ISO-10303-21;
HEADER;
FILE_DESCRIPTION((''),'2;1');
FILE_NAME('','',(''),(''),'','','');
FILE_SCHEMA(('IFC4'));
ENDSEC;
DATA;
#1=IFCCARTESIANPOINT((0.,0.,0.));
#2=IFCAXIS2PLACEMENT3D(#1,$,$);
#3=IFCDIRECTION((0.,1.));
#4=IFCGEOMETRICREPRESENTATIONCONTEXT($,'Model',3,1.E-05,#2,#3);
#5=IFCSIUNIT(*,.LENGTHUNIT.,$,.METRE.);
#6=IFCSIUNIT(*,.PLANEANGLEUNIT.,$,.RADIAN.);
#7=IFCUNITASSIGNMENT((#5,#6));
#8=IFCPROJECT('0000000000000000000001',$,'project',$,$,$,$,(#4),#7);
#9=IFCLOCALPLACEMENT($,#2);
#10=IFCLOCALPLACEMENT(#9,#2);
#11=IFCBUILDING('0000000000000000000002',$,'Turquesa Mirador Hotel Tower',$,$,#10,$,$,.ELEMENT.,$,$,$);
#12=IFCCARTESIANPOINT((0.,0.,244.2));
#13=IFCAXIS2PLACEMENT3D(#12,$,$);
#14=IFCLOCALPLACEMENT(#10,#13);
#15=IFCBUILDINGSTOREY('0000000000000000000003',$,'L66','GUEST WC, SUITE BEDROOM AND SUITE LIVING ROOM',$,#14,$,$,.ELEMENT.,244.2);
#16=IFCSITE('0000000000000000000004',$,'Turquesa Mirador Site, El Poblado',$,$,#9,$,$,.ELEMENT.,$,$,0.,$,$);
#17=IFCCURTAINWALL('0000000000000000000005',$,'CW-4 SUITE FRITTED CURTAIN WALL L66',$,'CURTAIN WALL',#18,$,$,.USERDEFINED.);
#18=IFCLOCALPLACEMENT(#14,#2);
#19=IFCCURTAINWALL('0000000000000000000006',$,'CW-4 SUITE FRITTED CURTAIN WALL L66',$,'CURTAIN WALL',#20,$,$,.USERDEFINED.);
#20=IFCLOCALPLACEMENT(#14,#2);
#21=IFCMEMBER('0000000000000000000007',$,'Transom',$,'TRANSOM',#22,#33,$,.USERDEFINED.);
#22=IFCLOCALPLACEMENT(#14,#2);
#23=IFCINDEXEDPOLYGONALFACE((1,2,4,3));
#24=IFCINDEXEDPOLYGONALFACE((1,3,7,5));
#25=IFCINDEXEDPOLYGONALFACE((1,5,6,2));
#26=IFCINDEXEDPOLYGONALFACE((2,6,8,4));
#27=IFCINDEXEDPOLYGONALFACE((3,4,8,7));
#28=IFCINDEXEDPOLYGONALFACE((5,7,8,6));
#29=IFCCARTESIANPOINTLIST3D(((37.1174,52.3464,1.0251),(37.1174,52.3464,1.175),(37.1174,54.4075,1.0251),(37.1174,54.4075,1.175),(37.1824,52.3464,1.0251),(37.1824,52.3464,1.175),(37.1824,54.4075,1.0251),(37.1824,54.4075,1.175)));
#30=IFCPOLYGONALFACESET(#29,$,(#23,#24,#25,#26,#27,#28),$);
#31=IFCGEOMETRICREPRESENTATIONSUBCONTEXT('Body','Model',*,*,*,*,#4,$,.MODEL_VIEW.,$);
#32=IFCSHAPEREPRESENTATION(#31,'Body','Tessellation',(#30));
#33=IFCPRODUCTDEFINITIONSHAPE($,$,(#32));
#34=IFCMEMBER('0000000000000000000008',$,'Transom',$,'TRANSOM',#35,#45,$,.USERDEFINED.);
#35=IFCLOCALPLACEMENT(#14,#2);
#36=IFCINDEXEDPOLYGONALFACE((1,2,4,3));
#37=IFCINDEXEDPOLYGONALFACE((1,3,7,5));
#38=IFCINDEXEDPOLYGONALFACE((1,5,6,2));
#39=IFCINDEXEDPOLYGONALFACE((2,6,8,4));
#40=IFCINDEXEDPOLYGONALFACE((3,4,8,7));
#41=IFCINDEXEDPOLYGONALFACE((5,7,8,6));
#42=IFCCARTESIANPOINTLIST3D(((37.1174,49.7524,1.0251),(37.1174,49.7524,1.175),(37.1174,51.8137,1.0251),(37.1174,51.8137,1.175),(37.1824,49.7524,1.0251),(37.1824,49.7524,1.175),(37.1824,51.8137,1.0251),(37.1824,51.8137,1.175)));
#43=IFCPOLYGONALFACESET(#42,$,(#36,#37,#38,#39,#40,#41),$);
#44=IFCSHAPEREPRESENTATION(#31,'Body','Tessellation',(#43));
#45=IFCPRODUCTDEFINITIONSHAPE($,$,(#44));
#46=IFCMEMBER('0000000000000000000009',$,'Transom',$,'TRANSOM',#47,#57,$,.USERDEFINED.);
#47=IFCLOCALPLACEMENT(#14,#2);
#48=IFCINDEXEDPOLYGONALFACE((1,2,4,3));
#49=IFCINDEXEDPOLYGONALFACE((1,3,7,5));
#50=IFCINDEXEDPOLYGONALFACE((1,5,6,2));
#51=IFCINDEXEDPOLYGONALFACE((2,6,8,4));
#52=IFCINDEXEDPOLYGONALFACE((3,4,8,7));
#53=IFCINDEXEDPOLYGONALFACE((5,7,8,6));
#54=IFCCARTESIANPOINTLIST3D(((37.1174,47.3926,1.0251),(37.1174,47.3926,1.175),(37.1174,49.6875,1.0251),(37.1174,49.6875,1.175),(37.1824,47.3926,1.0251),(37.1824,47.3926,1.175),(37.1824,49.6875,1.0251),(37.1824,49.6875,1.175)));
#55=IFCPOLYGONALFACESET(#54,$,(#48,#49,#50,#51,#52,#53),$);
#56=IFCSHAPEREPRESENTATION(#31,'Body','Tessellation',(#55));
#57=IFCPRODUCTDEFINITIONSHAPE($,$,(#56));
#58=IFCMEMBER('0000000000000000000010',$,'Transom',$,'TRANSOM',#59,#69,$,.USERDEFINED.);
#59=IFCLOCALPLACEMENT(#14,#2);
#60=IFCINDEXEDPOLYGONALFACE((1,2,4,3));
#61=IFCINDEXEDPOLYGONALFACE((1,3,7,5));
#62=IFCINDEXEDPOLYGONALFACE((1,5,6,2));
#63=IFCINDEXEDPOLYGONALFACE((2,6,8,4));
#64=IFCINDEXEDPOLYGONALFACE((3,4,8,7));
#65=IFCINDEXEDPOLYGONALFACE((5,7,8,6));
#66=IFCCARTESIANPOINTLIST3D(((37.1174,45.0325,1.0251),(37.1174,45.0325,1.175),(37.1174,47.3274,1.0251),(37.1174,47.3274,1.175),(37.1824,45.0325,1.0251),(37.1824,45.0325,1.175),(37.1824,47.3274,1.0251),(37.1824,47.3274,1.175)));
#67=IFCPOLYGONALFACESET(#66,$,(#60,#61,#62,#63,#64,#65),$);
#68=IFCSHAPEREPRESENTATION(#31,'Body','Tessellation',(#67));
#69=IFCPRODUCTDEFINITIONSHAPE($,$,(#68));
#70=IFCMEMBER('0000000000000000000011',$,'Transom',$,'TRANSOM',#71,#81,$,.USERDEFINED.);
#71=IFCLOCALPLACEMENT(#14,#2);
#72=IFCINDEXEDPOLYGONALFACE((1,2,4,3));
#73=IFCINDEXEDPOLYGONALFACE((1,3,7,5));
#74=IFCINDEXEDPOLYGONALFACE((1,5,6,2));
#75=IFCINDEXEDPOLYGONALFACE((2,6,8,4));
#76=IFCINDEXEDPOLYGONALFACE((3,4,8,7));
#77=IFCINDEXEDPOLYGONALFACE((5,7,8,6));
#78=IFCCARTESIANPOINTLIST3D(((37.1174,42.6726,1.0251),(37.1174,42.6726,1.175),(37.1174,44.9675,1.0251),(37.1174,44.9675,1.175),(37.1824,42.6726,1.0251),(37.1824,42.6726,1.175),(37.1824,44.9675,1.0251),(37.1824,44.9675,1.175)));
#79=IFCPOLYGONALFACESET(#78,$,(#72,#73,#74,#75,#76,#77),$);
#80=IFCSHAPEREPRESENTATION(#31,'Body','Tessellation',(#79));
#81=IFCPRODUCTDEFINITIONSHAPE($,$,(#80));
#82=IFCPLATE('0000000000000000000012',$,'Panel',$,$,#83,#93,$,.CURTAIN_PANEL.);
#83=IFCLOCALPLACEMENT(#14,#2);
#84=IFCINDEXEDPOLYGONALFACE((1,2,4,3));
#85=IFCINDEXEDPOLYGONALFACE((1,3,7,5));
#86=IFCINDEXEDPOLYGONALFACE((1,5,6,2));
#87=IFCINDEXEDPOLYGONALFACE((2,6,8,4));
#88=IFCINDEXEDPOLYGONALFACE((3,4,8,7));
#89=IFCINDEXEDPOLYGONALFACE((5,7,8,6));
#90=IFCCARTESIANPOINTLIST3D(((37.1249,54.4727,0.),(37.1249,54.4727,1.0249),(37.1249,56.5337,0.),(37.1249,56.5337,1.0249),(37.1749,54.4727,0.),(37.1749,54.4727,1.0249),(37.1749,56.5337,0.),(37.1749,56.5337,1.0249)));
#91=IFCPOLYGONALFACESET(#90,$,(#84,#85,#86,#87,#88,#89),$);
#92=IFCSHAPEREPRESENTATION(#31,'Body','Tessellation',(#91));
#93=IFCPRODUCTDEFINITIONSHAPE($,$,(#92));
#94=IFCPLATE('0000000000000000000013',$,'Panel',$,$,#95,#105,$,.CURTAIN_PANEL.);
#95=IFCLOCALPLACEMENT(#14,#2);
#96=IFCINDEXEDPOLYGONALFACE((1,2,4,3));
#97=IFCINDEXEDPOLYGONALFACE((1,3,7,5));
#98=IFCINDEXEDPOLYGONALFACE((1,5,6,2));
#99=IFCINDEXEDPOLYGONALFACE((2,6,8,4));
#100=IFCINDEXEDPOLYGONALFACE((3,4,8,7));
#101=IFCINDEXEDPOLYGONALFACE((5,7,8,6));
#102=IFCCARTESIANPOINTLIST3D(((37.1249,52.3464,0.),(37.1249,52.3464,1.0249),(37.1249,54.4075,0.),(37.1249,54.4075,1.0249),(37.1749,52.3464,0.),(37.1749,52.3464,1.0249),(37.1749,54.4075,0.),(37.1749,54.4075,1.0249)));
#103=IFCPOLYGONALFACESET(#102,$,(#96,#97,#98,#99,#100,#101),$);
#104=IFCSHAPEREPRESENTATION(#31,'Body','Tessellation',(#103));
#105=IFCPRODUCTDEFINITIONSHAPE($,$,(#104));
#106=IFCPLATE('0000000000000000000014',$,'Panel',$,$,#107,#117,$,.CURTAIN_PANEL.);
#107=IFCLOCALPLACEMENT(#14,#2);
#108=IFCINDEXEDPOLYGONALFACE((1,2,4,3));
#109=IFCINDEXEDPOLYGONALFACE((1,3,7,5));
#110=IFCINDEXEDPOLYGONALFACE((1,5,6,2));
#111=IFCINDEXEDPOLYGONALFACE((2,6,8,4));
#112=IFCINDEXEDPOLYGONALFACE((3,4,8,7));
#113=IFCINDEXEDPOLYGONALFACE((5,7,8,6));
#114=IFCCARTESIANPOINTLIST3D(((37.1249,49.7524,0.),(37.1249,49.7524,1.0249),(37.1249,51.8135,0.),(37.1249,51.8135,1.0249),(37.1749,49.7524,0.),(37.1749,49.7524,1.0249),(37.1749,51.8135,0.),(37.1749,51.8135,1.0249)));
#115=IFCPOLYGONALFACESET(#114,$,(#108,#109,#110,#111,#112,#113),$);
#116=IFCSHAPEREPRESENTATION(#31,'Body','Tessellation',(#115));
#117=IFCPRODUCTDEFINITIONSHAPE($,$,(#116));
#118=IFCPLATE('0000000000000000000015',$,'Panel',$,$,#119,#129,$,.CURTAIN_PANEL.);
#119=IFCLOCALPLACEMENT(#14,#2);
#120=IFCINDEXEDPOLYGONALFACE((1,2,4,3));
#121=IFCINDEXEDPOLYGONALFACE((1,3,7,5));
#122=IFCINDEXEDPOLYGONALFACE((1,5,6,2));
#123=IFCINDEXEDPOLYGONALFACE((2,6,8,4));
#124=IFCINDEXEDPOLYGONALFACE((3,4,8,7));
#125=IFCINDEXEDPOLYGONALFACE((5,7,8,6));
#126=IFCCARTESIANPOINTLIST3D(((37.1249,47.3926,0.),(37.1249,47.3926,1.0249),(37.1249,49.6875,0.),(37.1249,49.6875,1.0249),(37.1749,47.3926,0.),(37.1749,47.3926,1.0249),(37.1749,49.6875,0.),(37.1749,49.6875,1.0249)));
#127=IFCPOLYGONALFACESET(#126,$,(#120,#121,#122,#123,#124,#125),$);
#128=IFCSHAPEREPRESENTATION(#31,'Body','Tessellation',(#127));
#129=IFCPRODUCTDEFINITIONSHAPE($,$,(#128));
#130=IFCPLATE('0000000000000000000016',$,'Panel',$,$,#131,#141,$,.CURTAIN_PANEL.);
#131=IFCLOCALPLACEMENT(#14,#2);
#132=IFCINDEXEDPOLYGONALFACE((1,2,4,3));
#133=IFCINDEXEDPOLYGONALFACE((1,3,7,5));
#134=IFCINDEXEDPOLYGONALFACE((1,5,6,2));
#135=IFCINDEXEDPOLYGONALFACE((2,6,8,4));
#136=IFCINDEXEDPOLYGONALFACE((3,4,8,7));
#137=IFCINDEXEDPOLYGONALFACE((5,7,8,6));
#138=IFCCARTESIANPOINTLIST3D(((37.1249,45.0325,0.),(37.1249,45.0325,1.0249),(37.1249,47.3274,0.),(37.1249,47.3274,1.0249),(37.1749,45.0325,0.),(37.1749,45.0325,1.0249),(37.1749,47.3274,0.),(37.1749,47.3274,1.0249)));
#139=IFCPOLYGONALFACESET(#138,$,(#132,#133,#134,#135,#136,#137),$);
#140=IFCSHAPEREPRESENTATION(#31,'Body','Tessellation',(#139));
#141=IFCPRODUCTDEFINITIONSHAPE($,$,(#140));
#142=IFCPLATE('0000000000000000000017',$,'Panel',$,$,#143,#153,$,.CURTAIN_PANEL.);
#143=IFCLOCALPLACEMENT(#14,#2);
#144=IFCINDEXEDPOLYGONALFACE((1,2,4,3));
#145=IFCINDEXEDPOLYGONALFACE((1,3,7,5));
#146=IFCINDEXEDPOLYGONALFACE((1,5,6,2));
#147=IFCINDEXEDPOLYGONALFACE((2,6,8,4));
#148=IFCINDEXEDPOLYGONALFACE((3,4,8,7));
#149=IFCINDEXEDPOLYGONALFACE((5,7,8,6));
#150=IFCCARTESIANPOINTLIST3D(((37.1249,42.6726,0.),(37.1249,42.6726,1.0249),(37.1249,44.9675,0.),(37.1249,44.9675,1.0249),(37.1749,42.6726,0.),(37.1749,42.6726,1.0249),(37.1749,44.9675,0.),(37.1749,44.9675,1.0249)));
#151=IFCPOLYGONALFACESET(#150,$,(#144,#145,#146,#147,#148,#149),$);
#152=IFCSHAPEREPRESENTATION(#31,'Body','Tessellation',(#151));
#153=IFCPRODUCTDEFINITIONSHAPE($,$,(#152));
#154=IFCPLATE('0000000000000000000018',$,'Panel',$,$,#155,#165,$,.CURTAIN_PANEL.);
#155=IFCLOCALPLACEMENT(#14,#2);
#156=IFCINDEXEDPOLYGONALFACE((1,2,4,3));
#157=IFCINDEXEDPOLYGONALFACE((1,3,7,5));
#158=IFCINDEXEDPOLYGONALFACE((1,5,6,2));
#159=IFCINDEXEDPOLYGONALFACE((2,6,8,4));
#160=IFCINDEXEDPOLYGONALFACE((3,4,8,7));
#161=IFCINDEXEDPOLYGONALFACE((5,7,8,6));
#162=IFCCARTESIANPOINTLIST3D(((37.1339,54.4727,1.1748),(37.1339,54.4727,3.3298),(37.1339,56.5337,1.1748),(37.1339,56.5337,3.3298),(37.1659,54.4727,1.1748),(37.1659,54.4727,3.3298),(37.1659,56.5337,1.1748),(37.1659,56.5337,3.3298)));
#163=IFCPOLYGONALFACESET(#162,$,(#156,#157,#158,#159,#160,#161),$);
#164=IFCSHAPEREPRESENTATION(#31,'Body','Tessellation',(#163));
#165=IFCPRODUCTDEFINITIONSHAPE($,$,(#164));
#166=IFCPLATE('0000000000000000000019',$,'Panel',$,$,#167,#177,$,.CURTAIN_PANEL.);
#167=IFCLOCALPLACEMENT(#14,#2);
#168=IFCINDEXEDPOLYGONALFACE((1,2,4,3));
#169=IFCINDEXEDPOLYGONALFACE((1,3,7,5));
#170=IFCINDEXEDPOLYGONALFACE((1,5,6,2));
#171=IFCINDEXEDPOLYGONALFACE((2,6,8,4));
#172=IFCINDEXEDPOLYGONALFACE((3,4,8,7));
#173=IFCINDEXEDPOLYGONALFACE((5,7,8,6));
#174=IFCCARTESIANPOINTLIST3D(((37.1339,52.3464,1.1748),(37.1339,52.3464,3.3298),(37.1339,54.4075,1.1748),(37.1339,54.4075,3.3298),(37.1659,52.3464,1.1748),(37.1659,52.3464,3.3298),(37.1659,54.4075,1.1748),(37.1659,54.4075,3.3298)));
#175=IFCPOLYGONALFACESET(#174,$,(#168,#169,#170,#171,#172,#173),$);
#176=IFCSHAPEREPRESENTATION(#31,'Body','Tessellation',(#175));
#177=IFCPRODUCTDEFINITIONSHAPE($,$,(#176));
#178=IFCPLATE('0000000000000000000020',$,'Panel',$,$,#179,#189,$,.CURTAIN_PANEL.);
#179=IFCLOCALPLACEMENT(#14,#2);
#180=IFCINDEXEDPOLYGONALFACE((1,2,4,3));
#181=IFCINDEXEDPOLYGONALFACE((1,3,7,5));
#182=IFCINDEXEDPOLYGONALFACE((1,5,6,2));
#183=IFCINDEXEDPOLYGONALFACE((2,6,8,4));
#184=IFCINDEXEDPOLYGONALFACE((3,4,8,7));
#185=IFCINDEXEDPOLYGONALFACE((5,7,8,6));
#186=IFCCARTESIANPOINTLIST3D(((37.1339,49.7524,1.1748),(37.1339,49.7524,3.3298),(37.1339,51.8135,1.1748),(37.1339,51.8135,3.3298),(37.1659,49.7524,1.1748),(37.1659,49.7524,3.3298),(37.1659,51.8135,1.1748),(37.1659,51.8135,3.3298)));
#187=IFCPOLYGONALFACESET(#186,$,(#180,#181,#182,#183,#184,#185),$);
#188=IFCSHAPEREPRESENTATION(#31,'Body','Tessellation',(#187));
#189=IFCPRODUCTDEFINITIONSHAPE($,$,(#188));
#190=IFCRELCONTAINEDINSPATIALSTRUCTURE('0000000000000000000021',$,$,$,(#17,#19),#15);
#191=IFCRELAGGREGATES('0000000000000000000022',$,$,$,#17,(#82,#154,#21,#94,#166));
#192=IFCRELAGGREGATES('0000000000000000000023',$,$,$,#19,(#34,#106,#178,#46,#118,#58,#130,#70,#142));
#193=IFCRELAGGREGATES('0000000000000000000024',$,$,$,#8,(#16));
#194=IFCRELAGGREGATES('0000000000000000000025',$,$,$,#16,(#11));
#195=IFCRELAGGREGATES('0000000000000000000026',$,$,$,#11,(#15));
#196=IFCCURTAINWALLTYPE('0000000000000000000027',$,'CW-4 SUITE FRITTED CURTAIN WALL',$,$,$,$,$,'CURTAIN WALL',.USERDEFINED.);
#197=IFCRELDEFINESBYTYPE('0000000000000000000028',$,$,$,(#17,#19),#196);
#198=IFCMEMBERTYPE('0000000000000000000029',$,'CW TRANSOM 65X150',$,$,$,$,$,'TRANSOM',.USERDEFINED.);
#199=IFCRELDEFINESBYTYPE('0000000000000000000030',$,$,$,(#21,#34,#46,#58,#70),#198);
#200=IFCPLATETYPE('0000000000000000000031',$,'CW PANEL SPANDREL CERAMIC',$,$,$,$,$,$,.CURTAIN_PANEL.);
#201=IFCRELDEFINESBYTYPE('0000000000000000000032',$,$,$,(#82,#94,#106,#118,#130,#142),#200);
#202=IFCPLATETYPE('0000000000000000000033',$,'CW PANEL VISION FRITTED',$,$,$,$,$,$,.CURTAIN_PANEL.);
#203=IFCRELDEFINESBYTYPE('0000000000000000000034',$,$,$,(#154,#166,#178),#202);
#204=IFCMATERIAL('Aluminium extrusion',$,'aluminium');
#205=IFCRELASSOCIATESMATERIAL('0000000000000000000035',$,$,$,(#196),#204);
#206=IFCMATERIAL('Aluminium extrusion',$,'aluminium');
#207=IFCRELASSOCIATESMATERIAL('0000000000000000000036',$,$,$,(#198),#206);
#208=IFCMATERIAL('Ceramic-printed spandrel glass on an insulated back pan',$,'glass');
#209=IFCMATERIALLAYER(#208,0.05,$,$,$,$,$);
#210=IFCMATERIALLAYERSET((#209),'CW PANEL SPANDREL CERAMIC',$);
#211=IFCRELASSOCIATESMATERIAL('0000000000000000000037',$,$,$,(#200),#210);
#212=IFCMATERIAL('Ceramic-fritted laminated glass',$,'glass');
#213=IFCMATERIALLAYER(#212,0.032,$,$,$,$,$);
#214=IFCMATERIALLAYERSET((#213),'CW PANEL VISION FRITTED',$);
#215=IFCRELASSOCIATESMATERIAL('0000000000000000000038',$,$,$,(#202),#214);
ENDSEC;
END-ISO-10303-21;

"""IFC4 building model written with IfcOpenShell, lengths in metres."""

from ifc_helpers import new_model, si_unit, direction, frame, origin, origin_2d, place, context, subcontext, project, spatial, rectangle, extrude, material, layer, layer_set, material_profile, profile_set, type_object, element, aggregate, save


model = new_model("IFC4")

# Units and contexts
model_context = context("Model", 3, precision=1e-05, world=origin(), true_north=direction((0.0, 1.0)))
body_context = subcontext(model_context, "Body", "Model", "MODEL_VIEW")
ifc_project = project(units=[si_unit("LENGTHUNIT", "METRE"), si_unit("PLANEANGLEUNIT", "RADIAN")], contexts=[model_context])

# Site, building, storey
site_placement = place(None, origin())
site = spatial("IfcSite", under=ifc_project, at=site_placement, Name="Turquesa Mirador Site, El Poblado", CompositionType="ELEMENT", RefElevation=0.0)
building_placement = place(site_placement, origin())
building = spatial("IfcBuilding", under=site, at=building_placement, Name="Turquesa Mirador Hotel Tower", CompositionType="ELEMENT")
storey_placement = place(building_placement, frame((0.0, 0.0, 244.2)))
storey = spatial("IfcBuildingStorey", under=building, at=storey_placement, Name="L66", Description="GUEST WC, SUITE BEDROOM AND SUITE LIVING ROOM", CompositionType="ELEMENT", Elevation=244.2)

# Curtain walls
ifc_material_1 = material(Name="Aluminium extrusion", Category="aluminium")
curtain_wall_type = type_object("IfcCurtainWallType", Name="CW-4 SUITE FRITTED CURTAIN WALL", ElementType="CURTAIN WALL", PredefinedType="USERDEFINED", material=ifc_material_1)
curtain_wall_1_placement = place(storey_placement, origin())
curtain_wall_1 = element("IfcCurtainWall", 1, at=curtain_wall_1_placement, inside=storey, type_object=curtain_wall_type, Name="CW-4 SUITE FRITTED CURTAIN WALL L66", ObjectType="CURTAIN WALL", PredefinedType="USERDEFINED")
curtain_wall_2_placement = place(storey_placement, origin())
curtain_wall_2 = element("IfcCurtainWall", 2, at=curtain_wall_2_placement, inside=storey, type_object=curtain_wall_type, Name="CW-4 SUITE FRITTED CURTAIN WALL L66", ObjectType="CURTAIN WALL", PredefinedType="USERDEFINED")

# Members
ifc_material_2 = material(Name="Aluminium extrusion", Category="aluminium")
ifc_material_profile_1 = material_profile(ifc_material_2, rectangle(XDim=0.0649, YDim=0.1499, at=origin_2d()), Name="TRANSOM 65X150")
ifc_profile_set_1 = profile_set([ifc_material_profile_1], Name="Aluminium extrusion")
member_type_1 = type_object("IfcMemberType", Name="CW TRANSOM 65X150", ElementType="TRANSOM", PredefinedType="USERDEFINED", material=ifc_profile_set_1)
member_1_placement = place(storey_placement, frame((37.1499, 54.4075, 1.1001), z_axis=(0.0, -1.0, 0.0), x_axis=(1.0, 0.0, 0.0)))
member_1 = element("IfcMember", 3, at=member_1_placement, type_object=member_type_1, Name="Transom", ObjectType="TRANSOM", PredefinedType="USERDEFINED", context=body_context, shape_type="SweptSolid", body=[
    extrude(rectangle(XDim=0.0649, YDim=0.1499, at=origin_2d()), origin(), (0.0, 0.0, 1.0), 2.061),
])
member_2_placement = place(storey_placement, frame((37.1499, 51.8137, 1.1001), z_axis=(0.0, -1.0, 0.0), x_axis=(1.0, 0.0, 0.0)))
member_2 = element("IfcMember", 4, at=member_2_placement, type_object=member_type_1, Name="Transom", ObjectType="TRANSOM", PredefinedType="USERDEFINED", context=body_context, shape_type="SweptSolid", body=[
    extrude(rectangle(XDim=0.0649, YDim=0.1499, at=origin_2d()), origin(), (0.0, 0.0, 1.0), 2.0613),
])
member_3_placement = place(storey_placement, frame((37.1499, 49.6875, 1.1001), z_axis=(0.0, -1.0, 0.0), x_axis=(1.0, 0.0, 0.0)))
member_3 = element("IfcMember", 5, at=member_3_placement, type_object=member_type_1, Name="Transom", ObjectType="TRANSOM", PredefinedType="USERDEFINED", context=body_context, shape_type="SweptSolid", body=[
    extrude(rectangle(XDim=0.0649, YDim=0.1499, at=origin_2d()), origin(), (0.0, 0.0, 1.0), 2.2949),
])
member_4_placement = place(storey_placement, frame((37.1499, 47.3274, 1.1001), z_axis=(0.0, -1.0, 0.0), x_axis=(1.0, 0.0, 0.0)))
member_4 = element("IfcMember", 6, at=member_4_placement, type_object=member_type_1, Name="Transom", ObjectType="TRANSOM", PredefinedType="USERDEFINED", context=body_context, shape_type="SweptSolid", body=[
    extrude(rectangle(XDim=0.0649, YDim=0.1499, at=origin_2d()), origin(), (0.0, 0.0, 1.0), 2.2949),
])
member_5_placement = place(storey_placement, frame((37.1499, 44.9675, 1.1001), z_axis=(0.0, -1.0, 0.0), x_axis=(1.0, 0.0, 0.0)))
member_5 = element("IfcMember", 7, at=member_5_placement, type_object=member_type_1, Name="Transom", ObjectType="TRANSOM", PredefinedType="USERDEFINED", context=body_context, shape_type="SweptSolid", body=[
    extrude(rectangle(XDim=0.0649, YDim=0.1499, at=origin_2d()), origin(), (0.0, 0.0, 1.0), 2.2949),
])

# Plates
ifc_material_3 = material(Name="Ceramic-printed spandrel glass on an insulated back pan", Category="glass")
ifc_layer_1 = layer(ifc_material_3, 0.05)
ifc_layer_set_1 = layer_set([ifc_layer_1], Name="CW PANEL SPANDREL CERAMIC")
plate_type_1 = type_object("IfcPlateType", Name="CW PANEL SPANDREL CERAMIC", PredefinedType="CURTAIN_PANEL", material=ifc_layer_set_1)
plate_1_placement = place(storey_placement, frame((37.1499, 55.5032, 0.0), z_axis=(0.0, 0.0, 1.0), x_axis=(0.0, -1.0, 0.0)))
plate_1 = element("IfcPlate", 8, at=plate_1_placement, type_object=plate_type_1, Name="Panel", PredefinedType="CURTAIN_PANEL", context=body_context, shape_type="SweptSolid", body=[
    extrude(rectangle(XDim=2.061, YDim=0.05, at=origin_2d()), origin(), (0.0, 0.0, 1.0), 1.0249),
])
plate_2_placement = place(storey_placement, frame((37.1499, 53.377, 0.0), z_axis=(0.0, 0.0, 1.0), x_axis=(0.0, -1.0, 0.0)))
plate_2 = element("IfcPlate", 9, at=plate_2_placement, type_object=plate_type_1, Name="Panel", PredefinedType="CURTAIN_PANEL", context=body_context, shape_type="SweptSolid", body=[
    extrude(rectangle(XDim=2.061, YDim=0.05, at=origin_2d()), origin(), (0.0, 0.0, 1.0), 1.0249),
])
plate_3_placement = place(storey_placement, frame((37.1499, 50.783, 0.0), z_axis=(0.0, 0.0, 1.0), x_axis=(0.0, -1.0, 0.0)))
plate_3 = element("IfcPlate", 10, at=plate_3_placement, type_object=plate_type_1, Name="Panel", PredefinedType="CURTAIN_PANEL", context=body_context, shape_type="SweptSolid", body=[
    extrude(rectangle(XDim=2.061, YDim=0.05, at=origin_2d()), origin(), (0.0, 0.0, 1.0), 1.0249),
])
plate_4_placement = place(storey_placement, frame((37.1499, 48.54, 0.0), z_axis=(0.0, 0.0, 1.0), x_axis=(0.0, -1.0, 0.0)))
plate_4 = element("IfcPlate", 11, at=plate_4_placement, type_object=plate_type_1, Name="Panel", PredefinedType="CURTAIN_PANEL", context=body_context, shape_type="SweptSolid", body=[
    extrude(rectangle(XDim=2.2949, YDim=0.05, at=origin_2d()), origin(), (0.0, 0.0, 1.0), 1.0249),
])
plate_5_placement = place(storey_placement, frame((37.1499, 46.1799, 0.0), z_axis=(0.0, 0.0, 1.0), x_axis=(0.0, -1.0, 0.0)))
plate_5 = element("IfcPlate", 12, at=plate_5_placement, type_object=plate_type_1, Name="Panel", PredefinedType="CURTAIN_PANEL", context=body_context, shape_type="SweptSolid", body=[
    extrude(rectangle(XDim=2.2949, YDim=0.05, at=origin_2d()), origin(), (0.0, 0.0, 1.0), 1.0249),
])
plate_6_placement = place(storey_placement, frame((37.1499, 43.8201, 0.0), z_axis=(0.0, 0.0, 1.0), x_axis=(0.0, -1.0, 0.0)))
plate_6 = element("IfcPlate", 13, at=plate_6_placement, type_object=plate_type_1, Name="Panel", PredefinedType="CURTAIN_PANEL", context=body_context, shape_type="SweptSolid", body=[
    extrude(rectangle(XDim=2.2949, YDim=0.05, at=origin_2d()), origin(), (0.0, 0.0, 1.0), 1.0249),
])
ifc_material_4 = material(Name="Ceramic-fritted laminated glass", Category="glass")
ifc_layer_2 = layer(ifc_material_4, 0.032)
ifc_layer_set_2 = layer_set([ifc_layer_2], Name="CW PANEL VISION FRITTED")
plate_type_2 = type_object("IfcPlateType", Name="CW PANEL VISION FRITTED", PredefinedType="CURTAIN_PANEL", material=ifc_layer_set_2)
plate_7_placement = place(storey_placement, frame((37.1499, 55.5032, 1.1748), z_axis=(0.0, 0.0, 1.0), x_axis=(0.0, -1.0, 0.0)))
plate_7 = element("IfcPlate", 14, at=plate_7_placement, type_object=plate_type_2, Name="Panel", PredefinedType="CURTAIN_PANEL", context=body_context, shape_type="SweptSolid", body=[
    extrude(rectangle(XDim=2.061, YDim=0.032, at=origin_2d()), origin(), (0.0, 0.0, 1.0), 2.155),
])
plate_8_placement = place(storey_placement, frame((37.1499, 53.377, 1.1748), z_axis=(0.0, 0.0, 1.0), x_axis=(0.0, -1.0, 0.0)))
plate_8 = element("IfcPlate", 15, at=plate_8_placement, type_object=plate_type_2, Name="Panel", PredefinedType="CURTAIN_PANEL", context=body_context, shape_type="SweptSolid", body=[
    extrude(rectangle(XDim=2.061, YDim=0.032, at=origin_2d()), origin(), (0.0, 0.0, 1.0), 2.155),
])
aggregate(curtain_wall_1, [plate_1, plate_7, member_1, plate_2, plate_8])
plate_9_placement = place(storey_placement, frame((37.1499, 50.783, 1.1748), z_axis=(0.0, 0.0, 1.0), x_axis=(0.0, -1.0, 0.0)))
plate_9 = element("IfcPlate", 16, at=plate_9_placement, type_object=plate_type_2, Name="Panel", PredefinedType="CURTAIN_PANEL", context=body_context, shape_type="SweptSolid", body=[
    extrude(rectangle(XDim=2.061, YDim=0.032, at=origin_2d()), origin(), (0.0, 0.0, 1.0), 2.155),
])
aggregate(curtain_wall_2, [member_2, plate_3, plate_9, member_3, plate_4, member_4, plate_5, member_5, plate_6])

save(model, "model.ifc")
